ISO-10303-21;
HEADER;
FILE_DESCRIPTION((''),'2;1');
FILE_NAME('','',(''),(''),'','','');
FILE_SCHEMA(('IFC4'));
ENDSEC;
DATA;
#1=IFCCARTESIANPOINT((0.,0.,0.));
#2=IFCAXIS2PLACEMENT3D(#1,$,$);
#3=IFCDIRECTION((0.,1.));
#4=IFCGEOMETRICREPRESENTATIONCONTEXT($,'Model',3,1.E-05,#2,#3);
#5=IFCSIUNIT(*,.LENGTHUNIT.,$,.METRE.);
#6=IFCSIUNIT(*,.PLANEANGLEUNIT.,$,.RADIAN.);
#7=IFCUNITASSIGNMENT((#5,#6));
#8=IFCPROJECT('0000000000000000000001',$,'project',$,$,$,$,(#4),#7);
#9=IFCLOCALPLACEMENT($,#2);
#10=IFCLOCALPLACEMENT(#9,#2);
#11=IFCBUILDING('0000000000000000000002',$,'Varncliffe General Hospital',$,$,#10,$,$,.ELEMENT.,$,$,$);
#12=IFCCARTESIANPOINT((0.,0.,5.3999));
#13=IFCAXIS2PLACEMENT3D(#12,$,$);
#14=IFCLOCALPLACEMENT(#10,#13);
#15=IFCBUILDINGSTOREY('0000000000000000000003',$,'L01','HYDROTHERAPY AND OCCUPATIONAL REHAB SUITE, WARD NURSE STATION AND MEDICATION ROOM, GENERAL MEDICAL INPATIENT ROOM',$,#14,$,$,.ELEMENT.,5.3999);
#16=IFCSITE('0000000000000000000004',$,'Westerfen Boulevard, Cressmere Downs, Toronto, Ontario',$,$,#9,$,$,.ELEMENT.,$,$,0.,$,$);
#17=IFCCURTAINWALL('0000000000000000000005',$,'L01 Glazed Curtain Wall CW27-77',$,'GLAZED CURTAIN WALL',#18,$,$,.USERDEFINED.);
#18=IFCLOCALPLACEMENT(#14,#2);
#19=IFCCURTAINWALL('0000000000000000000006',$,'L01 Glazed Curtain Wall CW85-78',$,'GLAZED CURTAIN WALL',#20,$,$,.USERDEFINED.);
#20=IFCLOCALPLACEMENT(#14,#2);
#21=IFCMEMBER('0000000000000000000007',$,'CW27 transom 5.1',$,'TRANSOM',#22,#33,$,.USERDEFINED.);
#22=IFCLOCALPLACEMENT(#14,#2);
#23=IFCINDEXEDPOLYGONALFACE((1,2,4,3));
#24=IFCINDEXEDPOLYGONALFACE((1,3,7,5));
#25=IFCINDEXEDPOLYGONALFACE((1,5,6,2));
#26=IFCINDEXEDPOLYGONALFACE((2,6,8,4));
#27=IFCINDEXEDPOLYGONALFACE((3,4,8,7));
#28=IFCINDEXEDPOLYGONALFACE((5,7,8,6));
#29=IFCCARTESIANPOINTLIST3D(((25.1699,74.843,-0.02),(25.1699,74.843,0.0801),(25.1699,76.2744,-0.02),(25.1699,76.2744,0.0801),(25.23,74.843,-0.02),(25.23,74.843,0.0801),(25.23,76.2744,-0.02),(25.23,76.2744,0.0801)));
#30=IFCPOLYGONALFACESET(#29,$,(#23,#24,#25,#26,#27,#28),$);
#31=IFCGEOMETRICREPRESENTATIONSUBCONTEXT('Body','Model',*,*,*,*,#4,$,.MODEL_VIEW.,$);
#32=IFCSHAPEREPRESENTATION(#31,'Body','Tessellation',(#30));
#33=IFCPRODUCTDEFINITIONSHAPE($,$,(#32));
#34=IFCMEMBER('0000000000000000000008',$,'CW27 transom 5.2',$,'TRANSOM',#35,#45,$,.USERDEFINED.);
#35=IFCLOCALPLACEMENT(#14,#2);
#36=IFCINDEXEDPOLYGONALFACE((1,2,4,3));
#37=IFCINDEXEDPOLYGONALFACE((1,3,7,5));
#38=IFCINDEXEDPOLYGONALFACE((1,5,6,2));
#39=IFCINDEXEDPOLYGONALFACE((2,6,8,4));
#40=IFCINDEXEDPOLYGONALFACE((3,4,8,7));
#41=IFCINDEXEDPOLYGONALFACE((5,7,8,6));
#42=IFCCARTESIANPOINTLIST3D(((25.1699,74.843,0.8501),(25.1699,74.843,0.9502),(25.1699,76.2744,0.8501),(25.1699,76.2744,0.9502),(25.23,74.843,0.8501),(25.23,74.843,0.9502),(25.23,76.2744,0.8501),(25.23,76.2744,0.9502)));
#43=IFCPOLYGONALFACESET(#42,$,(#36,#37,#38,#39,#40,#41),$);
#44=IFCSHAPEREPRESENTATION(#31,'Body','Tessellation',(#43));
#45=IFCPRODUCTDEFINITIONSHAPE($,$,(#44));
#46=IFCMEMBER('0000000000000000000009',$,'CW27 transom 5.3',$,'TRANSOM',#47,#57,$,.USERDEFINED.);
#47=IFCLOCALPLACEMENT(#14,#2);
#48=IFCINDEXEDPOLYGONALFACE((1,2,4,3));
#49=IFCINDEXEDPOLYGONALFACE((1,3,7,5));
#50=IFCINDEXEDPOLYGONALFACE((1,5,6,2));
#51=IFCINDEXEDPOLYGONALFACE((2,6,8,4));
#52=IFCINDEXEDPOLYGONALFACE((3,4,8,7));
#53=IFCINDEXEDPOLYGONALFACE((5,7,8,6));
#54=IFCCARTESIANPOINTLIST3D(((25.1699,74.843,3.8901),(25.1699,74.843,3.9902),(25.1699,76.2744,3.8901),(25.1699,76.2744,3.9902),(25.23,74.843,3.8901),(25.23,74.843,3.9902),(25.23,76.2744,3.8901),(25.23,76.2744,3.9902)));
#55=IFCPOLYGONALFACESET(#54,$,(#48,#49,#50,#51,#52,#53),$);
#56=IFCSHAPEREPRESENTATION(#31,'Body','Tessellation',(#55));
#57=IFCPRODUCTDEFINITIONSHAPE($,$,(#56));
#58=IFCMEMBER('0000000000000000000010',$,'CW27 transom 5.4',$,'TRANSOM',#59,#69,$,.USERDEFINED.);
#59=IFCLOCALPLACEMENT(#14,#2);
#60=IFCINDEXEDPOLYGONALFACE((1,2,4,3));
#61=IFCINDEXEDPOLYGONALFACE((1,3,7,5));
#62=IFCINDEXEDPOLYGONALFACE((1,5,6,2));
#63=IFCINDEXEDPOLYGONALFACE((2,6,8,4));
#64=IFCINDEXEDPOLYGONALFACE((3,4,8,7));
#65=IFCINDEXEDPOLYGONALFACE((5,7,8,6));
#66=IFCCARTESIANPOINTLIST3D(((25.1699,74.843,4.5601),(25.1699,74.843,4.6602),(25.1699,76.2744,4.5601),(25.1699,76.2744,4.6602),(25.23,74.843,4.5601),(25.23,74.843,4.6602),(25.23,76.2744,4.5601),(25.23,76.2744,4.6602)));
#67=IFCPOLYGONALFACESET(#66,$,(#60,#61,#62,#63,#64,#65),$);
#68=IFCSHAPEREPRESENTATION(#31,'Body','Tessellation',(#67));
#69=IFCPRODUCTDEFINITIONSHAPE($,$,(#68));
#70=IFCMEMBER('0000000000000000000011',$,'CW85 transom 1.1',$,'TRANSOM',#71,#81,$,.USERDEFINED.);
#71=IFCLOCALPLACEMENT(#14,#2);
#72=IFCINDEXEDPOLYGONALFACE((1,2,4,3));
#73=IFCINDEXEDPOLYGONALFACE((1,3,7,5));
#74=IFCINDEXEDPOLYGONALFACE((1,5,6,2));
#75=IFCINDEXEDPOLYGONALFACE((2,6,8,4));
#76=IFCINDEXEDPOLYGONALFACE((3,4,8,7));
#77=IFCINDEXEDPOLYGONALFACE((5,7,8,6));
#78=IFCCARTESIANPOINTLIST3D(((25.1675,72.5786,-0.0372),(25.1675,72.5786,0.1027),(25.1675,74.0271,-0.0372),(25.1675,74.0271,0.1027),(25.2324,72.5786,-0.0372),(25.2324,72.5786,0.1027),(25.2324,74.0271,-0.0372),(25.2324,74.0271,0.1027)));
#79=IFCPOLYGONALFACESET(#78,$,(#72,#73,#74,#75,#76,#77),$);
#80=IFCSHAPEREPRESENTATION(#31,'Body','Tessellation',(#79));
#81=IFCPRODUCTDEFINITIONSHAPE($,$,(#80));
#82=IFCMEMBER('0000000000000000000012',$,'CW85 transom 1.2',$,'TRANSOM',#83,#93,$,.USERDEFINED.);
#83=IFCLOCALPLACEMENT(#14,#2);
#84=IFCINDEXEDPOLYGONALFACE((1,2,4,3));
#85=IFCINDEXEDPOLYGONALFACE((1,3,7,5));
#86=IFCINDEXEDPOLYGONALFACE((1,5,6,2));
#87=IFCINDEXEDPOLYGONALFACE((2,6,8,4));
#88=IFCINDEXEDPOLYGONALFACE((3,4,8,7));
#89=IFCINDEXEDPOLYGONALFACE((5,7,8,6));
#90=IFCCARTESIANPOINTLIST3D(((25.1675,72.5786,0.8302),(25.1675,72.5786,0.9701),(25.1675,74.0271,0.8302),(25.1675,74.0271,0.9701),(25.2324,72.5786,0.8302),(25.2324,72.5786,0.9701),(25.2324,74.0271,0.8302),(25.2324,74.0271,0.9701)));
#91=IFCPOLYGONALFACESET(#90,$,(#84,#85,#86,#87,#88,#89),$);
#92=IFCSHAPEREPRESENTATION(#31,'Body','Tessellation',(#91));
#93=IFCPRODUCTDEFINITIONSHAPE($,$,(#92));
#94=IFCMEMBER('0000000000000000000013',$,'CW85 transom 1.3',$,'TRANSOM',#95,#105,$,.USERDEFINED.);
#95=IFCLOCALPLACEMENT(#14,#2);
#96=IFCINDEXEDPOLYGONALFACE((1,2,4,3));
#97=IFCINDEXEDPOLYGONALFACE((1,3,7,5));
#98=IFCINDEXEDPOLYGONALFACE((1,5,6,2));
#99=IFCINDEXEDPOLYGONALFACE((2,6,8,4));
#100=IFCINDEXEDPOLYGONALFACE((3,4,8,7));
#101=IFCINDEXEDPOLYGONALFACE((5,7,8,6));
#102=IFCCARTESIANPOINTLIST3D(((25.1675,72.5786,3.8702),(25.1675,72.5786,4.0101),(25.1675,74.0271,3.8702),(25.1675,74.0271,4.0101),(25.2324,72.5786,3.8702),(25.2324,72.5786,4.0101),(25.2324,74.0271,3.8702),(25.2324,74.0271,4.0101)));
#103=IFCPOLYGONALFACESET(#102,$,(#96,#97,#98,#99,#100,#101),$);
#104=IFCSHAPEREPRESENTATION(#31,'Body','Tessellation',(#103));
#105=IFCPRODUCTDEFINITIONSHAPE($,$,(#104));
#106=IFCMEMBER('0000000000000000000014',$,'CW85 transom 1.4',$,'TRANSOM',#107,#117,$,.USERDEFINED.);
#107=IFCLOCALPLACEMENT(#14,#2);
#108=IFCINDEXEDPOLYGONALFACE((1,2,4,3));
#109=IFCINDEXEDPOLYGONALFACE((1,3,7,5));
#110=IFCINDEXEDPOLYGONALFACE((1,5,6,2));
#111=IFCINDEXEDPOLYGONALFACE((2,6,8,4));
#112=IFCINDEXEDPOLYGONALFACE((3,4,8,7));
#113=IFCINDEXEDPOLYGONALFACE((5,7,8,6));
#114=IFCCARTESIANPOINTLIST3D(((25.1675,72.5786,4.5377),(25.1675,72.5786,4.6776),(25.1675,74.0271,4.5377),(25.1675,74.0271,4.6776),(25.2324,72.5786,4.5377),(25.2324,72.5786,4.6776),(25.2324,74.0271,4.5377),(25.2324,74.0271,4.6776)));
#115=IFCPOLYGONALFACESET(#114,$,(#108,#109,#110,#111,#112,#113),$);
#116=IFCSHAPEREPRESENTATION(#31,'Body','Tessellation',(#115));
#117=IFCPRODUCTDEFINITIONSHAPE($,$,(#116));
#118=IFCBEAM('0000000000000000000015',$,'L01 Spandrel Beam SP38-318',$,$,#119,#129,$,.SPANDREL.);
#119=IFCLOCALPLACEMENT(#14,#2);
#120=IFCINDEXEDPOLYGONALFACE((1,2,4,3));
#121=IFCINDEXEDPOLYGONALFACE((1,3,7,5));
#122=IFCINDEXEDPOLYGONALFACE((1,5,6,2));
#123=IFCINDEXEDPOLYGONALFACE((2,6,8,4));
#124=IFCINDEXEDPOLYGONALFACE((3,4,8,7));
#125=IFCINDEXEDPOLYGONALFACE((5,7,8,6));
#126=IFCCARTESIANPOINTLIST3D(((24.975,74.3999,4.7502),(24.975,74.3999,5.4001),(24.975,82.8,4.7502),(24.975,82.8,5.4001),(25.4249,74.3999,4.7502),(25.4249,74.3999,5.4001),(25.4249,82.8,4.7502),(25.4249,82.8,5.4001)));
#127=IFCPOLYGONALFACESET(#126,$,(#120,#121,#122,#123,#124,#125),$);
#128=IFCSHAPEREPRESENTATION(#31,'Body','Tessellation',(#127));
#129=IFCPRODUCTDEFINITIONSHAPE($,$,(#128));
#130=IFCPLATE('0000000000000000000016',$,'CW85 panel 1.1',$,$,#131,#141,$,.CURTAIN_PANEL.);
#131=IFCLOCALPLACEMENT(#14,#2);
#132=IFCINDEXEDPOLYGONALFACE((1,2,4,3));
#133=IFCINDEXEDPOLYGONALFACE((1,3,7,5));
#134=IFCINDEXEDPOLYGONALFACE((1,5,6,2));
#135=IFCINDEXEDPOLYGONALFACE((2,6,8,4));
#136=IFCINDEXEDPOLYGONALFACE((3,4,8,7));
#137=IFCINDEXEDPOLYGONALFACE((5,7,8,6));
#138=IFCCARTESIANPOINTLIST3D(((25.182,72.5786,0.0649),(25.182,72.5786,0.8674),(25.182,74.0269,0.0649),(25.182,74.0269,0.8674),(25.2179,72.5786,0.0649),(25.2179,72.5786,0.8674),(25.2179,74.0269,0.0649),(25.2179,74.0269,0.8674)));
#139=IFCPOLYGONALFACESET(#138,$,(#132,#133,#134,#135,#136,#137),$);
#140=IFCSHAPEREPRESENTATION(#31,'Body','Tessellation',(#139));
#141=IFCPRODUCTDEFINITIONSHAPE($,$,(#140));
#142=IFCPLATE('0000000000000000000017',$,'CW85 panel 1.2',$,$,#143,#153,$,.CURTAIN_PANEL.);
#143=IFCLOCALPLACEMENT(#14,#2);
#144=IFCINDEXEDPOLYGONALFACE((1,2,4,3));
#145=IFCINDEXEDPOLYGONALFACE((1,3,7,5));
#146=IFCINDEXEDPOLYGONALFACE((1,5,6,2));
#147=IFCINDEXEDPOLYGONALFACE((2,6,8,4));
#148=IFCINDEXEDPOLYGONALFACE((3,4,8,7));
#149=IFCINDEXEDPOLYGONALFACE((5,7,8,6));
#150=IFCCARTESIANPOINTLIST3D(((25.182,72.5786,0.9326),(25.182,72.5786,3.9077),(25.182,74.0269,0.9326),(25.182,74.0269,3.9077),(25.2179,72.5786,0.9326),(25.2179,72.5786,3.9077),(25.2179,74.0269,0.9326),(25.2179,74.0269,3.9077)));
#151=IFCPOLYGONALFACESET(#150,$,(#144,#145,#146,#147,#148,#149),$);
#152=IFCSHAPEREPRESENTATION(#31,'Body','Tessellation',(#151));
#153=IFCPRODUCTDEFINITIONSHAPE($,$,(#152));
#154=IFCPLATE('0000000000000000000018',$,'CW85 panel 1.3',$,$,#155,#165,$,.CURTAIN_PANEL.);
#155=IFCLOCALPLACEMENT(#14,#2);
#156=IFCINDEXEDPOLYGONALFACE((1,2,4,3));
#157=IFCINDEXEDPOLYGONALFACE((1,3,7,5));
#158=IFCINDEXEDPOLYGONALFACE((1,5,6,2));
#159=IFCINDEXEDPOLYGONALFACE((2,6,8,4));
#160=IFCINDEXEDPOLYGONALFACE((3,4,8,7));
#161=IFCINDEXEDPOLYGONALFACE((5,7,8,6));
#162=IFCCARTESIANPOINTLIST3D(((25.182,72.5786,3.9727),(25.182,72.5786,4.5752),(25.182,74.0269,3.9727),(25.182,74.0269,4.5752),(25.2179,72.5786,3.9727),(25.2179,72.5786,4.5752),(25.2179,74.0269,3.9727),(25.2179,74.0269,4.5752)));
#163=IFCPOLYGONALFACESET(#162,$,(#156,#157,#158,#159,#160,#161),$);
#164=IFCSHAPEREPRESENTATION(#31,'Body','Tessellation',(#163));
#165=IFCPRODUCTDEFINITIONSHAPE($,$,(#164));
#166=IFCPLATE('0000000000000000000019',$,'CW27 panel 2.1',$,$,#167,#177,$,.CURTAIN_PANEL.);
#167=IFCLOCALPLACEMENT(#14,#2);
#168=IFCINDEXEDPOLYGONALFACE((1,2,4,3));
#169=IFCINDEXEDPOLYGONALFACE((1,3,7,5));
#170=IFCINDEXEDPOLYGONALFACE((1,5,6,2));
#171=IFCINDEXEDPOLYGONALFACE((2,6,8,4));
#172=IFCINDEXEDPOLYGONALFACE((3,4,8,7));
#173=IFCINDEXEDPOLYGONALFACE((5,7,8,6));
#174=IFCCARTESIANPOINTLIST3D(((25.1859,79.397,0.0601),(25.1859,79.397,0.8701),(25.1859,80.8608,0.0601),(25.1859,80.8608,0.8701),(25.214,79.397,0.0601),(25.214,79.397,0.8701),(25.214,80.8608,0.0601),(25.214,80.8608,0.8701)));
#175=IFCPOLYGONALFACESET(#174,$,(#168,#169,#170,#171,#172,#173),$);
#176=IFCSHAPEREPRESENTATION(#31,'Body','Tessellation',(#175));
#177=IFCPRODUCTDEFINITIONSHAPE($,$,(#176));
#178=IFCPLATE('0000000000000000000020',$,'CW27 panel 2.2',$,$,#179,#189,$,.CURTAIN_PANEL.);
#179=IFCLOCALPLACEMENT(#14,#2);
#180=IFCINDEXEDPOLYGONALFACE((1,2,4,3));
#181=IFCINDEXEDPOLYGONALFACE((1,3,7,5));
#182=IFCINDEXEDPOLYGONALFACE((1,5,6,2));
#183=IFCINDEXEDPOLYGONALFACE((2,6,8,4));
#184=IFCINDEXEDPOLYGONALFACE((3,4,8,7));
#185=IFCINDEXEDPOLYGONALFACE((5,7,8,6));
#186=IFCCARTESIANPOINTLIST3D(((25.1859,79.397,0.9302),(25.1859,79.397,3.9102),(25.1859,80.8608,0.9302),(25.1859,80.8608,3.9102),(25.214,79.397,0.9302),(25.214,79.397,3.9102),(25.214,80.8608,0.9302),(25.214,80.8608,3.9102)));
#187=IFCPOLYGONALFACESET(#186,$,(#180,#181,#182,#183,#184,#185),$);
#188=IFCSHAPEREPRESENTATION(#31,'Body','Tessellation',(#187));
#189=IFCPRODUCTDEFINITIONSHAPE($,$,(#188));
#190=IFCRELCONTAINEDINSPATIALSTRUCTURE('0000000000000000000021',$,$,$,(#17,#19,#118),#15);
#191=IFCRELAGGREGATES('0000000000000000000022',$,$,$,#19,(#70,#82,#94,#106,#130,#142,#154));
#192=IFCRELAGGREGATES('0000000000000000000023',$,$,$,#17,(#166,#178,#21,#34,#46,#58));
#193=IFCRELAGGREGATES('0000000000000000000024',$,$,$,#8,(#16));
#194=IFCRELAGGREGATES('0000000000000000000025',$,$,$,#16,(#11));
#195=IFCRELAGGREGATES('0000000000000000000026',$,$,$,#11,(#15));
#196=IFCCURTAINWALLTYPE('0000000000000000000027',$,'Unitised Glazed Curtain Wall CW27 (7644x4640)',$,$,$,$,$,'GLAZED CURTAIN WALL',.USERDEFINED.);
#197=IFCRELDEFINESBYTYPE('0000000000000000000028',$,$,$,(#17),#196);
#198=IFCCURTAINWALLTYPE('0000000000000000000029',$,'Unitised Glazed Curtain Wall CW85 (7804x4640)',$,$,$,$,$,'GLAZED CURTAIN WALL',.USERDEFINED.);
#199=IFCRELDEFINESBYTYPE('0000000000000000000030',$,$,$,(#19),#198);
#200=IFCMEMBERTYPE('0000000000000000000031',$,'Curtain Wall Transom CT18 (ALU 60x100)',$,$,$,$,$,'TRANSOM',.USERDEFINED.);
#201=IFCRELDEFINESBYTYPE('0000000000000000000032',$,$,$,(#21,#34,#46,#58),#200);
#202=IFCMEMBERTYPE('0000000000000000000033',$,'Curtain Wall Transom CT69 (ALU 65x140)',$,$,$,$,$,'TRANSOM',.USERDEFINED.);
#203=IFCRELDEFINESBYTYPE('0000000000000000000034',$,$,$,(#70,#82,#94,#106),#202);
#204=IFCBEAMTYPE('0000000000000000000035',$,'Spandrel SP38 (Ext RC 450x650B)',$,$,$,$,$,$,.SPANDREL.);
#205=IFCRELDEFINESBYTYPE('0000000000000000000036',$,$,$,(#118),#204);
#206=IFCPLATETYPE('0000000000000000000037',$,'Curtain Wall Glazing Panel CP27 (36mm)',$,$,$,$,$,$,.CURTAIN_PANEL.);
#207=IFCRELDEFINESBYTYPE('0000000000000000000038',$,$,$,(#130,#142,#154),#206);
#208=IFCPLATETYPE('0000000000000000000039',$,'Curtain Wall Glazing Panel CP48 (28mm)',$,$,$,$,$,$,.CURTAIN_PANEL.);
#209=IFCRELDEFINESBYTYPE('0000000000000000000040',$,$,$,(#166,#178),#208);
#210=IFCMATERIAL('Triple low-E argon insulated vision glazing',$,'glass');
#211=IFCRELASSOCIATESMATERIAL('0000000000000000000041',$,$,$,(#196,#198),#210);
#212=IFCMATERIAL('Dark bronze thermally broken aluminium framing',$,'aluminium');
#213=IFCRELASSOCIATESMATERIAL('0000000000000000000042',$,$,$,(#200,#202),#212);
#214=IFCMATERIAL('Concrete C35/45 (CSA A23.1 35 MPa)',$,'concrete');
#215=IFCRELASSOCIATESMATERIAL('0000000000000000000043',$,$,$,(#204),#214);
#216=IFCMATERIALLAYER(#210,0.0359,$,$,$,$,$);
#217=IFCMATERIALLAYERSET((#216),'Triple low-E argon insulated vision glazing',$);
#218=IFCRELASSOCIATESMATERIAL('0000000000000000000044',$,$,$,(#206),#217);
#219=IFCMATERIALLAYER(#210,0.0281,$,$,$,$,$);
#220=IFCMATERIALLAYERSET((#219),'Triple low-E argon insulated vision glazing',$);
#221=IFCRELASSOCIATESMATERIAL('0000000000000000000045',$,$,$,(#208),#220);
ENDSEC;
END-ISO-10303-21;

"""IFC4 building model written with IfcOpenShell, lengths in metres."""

from ifc_helpers import new_model, si_unit, direction, frame, origin, origin_2d, place, context, subcontext, project, spatial, rectangle, extrude, material, layer, layer_set, material_profile, profile_set, type_object, element, aggregate, save


model = new_model("IFC4")

# Units and contexts
model_context = context("Model", 3, precision=1e-05, world=origin(), true_north=direction((0.0, 1.0)))
body_context = subcontext(model_context, "Body", "Model", "MODEL_VIEW")
ifc_project = project(units=[si_unit("LENGTHUNIT", "METRE"), si_unit("PLANEANGLEUNIT", "RADIAN")], contexts=[model_context])

# Site, building, storey
site_placement = place(None, origin())
site = spatial("IfcSite", under=ifc_project, at=site_placement, Name="Westerfen Boulevard, Cressmere Downs, Toronto, Ontario", CompositionType="ELEMENT", RefElevation=0.0)
building_placement = place(site_placement, origin())
building = spatial("IfcBuilding", under=site, at=building_placement, Name="Varncliffe General Hospital", CompositionType="ELEMENT")
storey_placement = place(building_placement, frame((0.0, 0.0, 5.3999)))
storey = spatial("IfcBuildingStorey", under=building, at=storey_placement, Name="L01", Description="HYDROTHERAPY AND OCCUPATIONAL REHAB SUITE, WARD NURSE STATION AND MEDICATION ROOM, GENERAL MEDICAL INPATIENT ROOM", CompositionType="ELEMENT", Elevation=5.3999)

# Curtain wall
ifc_material_1 = material(Name="Triple low-E argon insulated vision glazing", Category="glass")
curtain_wall_type_1 = type_object("IfcCurtainWallType", Name="Unitised Glazed Curtain Wall CW27 (7644x4640)", ElementType="GLAZED CURTAIN WALL", PredefinedType="USERDEFINED", material=ifc_material_1)
curtain_wall_1_placement = place(storey_placement, origin())
curtain_wall_1 = element("IfcCurtainWall", 1, at=curtain_wall_1_placement, inside=storey, type_object=curtain_wall_type_1, Name="L01 Glazed Curtain Wall CW27-77", ObjectType="GLAZED CURTAIN WALL", PredefinedType="USERDEFINED")
ifc_material_2 = material(Name="Dark bronze thermally broken aluminium framing", Category="aluminium")

# Curtain wall
curtain_wall_type_2 = type_object("IfcCurtainWallType", Name="Unitised Glazed Curtain Wall CW85 (7804x4640)", ElementType="GLAZED CURTAIN WALL", PredefinedType="USERDEFINED", material=ifc_material_1)
curtain_wall_2_placement = place(storey_placement, origin())
curtain_wall_2 = element("IfcCurtainWall", 2, at=curtain_wall_2_placement, inside=storey, type_object=curtain_wall_type_2, Name="L01 Glazed Curtain Wall CW85-78", ObjectType="GLAZED CURTAIN WALL", PredefinedType="USERDEFINED")

# Members
ifc_material_profile_1 = material_profile(ifc_material_2, rectangle(XDim=0.0601, YDim=0.1001, at=origin_2d()), Name="ALU 60x100")
ifc_profile_set_1 = profile_set([ifc_material_profile_1], Name="Dark bronze thermally broken aluminium framing")
member_type_1 = type_object("IfcMemberType", Name="Curtain Wall Transom CT18 (ALU 60x100)", ElementType="TRANSOM", PredefinedType="USERDEFINED", material=ifc_profile_set_1)
member_1_placement = place(storey_placement, frame((25.2, 76.2744, 0.03), z_axis=(0.0, -1.0, 0.0), x_axis=(1.0, 0.0, 0.0)))
member_1 = element("IfcMember", 3, at=member_1_placement, type_object=member_type_1, Name="CW27 transom 5.1", ObjectType="TRANSOM", PredefinedType="USERDEFINED", context=body_context, shape_type="SweptSolid", body=[
    extrude(rectangle(XDim=0.0601, YDim=0.1001, at=origin_2d()), origin(), (0.0, 0.0, 1.0), 1.4314),
])
member_2_placement = place(storey_placement, frame((25.2, 76.2744, 0.9001), z_axis=(0.0, -1.0, 0.0), x_axis=(1.0, 0.0, 0.0)))
member_2 = element("IfcMember", 4, at=member_2_placement, type_object=member_type_1, Name="CW27 transom 5.2", ObjectType="TRANSOM", PredefinedType="USERDEFINED", context=body_context, shape_type="SweptSolid", body=[
    extrude(rectangle(XDim=0.0601, YDim=0.1001, at=origin_2d()), origin(), (0.0, 0.0, 1.0), 1.4314),
])
member_3_placement = place(storey_placement, frame((25.2, 76.2744, 3.9402), z_axis=(0.0, -1.0, 0.0), x_axis=(1.0, 0.0, 0.0)))
member_3 = element("IfcMember", 5, at=member_3_placement, type_object=member_type_1, Name="CW27 transom 5.3", ObjectType="TRANSOM", PredefinedType="USERDEFINED", context=body_context, shape_type="SweptSolid", body=[
    extrude(rectangle(XDim=0.0601, YDim=0.1001, at=origin_2d()), origin(), (0.0, 0.0, 1.0), 1.4314),
])
member_4_placement = place(storey_placement, frame((25.2, 76.2744, 4.6101), z_axis=(0.0, -1.0, 0.0), x_axis=(1.0, 0.0, 0.0)))
member_4 = element("IfcMember", 6, at=member_4_placement, type_object=member_type_1, Name="CW27 transom 5.4", ObjectType="TRANSOM", PredefinedType="USERDEFINED", context=body_context, shape_type="SweptSolid", body=[
    extrude(rectangle(XDim=0.0601, YDim=0.1001, at=origin_2d()), origin(), (0.0, 0.0, 1.0), 1.4314),
])
ifc_material_profile_2 = material_profile(ifc_material_2, rectangle(XDim=0.0649, YDim=0.1399, at=origin_2d()), Name="ALU 65x140")
ifc_profile_set_2 = profile_set([ifc_material_profile_2], Name="Dark bronze thermally broken aluminium framing")
member_type_2 = type_object("IfcMemberType", Name="Curtain Wall Transom CT69 (ALU 65x140)", ElementType="TRANSOM", PredefinedType="USERDEFINED", material=ifc_profile_set_2)
member_5_placement = place(storey_placement, frame((25.2, 74.0271, 0.0327), z_axis=(0.0, -1.0, 0.0), x_axis=(1.0, 0.0, 0.0)))
member_5 = element("IfcMember", 7, at=member_5_placement, type_object=member_type_2, Name="CW85 transom 1.1", ObjectType="TRANSOM", PredefinedType="USERDEFINED", context=body_context, shape_type="SweptSolid", body=[
    extrude(rectangle(XDim=0.0649, YDim=0.1399, at=origin_2d()), origin(), (0.0, 0.0, 1.0), 1.4485),
])
member_6_placement = place(storey_placement, frame((25.2, 74.0271, 0.9001), z_axis=(0.0, -1.0, 0.0), x_axis=(1.0, 0.0, 0.0)))
member_6 = element("IfcMember", 8, at=member_6_placement, type_object=member_type_2, Name="CW85 transom 1.2", ObjectType="TRANSOM", PredefinedType="USERDEFINED", context=body_context, shape_type="SweptSolid", body=[
    extrude(rectangle(XDim=0.0649, YDim=0.1399, at=origin_2d()), origin(), (0.0, 0.0, 1.0), 1.4485),
])
member_7_placement = place(storey_placement, frame((25.2, 74.0271, 3.9402), z_axis=(0.0, -1.0, 0.0), x_axis=(1.0, 0.0, 0.0)))
member_7 = element("IfcMember", 9, at=member_7_placement, type_object=member_type_2, Name="CW85 transom 1.3", ObjectType="TRANSOM", PredefinedType="USERDEFINED", context=body_context, shape_type="SweptSolid", body=[
    extrude(rectangle(XDim=0.0649, YDim=0.1399, at=origin_2d()), origin(), (0.0, 0.0, 1.0), 1.4485),
])
member_8_placement = place(storey_placement, frame((25.2, 74.0271, 4.6077), z_axis=(0.0, -1.0, 0.0), x_axis=(1.0, 0.0, 0.0)))
member_8 = element("IfcMember", 10, at=member_8_placement, type_object=member_type_2, Name="CW85 transom 1.4", ObjectType="TRANSOM", PredefinedType="USERDEFINED", context=body_context, shape_type="SweptSolid", body=[
    extrude(rectangle(XDim=0.0649, YDim=0.1399, at=origin_2d()), origin(), (0.0, 0.0, 1.0), 1.4485),
])

# Beam
ifc_material_3 = material(Name="Concrete C35/45 (CSA A23.1 35 MPa)", Category="concrete")
ifc_material_profile_3 = material_profile(ifc_material_3, rectangle(XDim=0.45, YDim=0.6499, at=origin_2d()), Name="RC 450x650")
ifc_profile_set_3 = profile_set([ifc_material_profile_3], Name="Concrete C35/45 (CSA A23.1 35 MPa)")
beam_type = type_object("IfcBeamType", Name="Spandrel SP38 (Ext RC 450x650B)", PredefinedType="SPANDREL", material=ifc_profile_set_3)
beam_placement = place(storey_placement, frame((25.2, 74.3999, 5.0752), z_axis=(0.0, 1.0, 0.0), x_axis=(-1.0, 0.0, 0.0)))
element("IfcBeam", 11, at=beam_placement, inside=storey, type_object=beam_type, Name="L01 Spandrel Beam SP38-318", PredefinedType="SPANDREL", context=body_context, shape_type="SweptSolid", body=[
    extrude(rectangle(XDim=0.45, YDim=0.6499, at=origin_2d()), origin(), (0.0, 0.0, 1.0), 8.4001),
])

# Plates
ifc_layer_1 = layer(ifc_material_1, 0.0359)
ifc_layer_set_1 = layer_set([ifc_layer_1], Name="Triple low-E argon insulated vision glazing")
plate_type_1 = type_object("IfcPlateType", Name="Curtain Wall Glazing Panel CP27 (36mm)", PredefinedType="CURTAIN_PANEL", material=ifc_layer_set_1)
plate_1_placement = place(storey_placement, frame((25.2, 73.3027, 0.0649), z_axis=(0.0, 0.0, 1.0), x_axis=(0.0, -1.0, 0.0)))
plate_1 = element("IfcPlate", 12, at=plate_1_placement, type_object=plate_type_1, Name="CW85 panel 1.1", PredefinedType="CURTAIN_PANEL", context=body_context, shape_type="SweptSolid", body=[
    extrude(rectangle(XDim=1.4482, YDim=0.0359, at=origin_2d()), origin(), (0.0, 0.0, 1.0), 0.8025),
])
plate_2_placement = place(storey_placement, frame((25.2, 73.3027, 0.9326), z_axis=(0.0, 0.0, 1.0), x_axis=(0.0, -1.0, 0.0)))
plate_2 = element("IfcPlate", 13, at=plate_2_placement, type_object=plate_type_1, Name="CW85 panel 1.2", PredefinedType="CURTAIN_PANEL", context=body_context, shape_type="SweptSolid", body=[
    extrude(rectangle(XDim=1.4482, YDim=0.0359, at=origin_2d()), origin(), (0.0, 0.0, 1.0), 2.9751),
])
plate_3_placement = place(storey_placement, frame((25.2, 73.3027, 3.9727), z_axis=(0.0, 0.0, 1.0), x_axis=(0.0, -1.0, 0.0)))
plate_3 = element("IfcPlate", 14, at=plate_3_placement, type_object=plate_type_1, Name="CW85 panel 1.3", PredefinedType="CURTAIN_PANEL", context=body_context, shape_type="SweptSolid", body=[
    extrude(rectangle(XDim=1.4482, YDim=0.0359, at=origin_2d()), origin(), (0.0, 0.0, 1.0), 0.6025),
])
aggregate(curtain_wall_2, [member_5, member_6, member_7, member_8, plate_1, plate_2, plate_3])
ifc_layer_2 = layer(ifc_material_1, 0.0281)
ifc_layer_set_2 = layer_set([ifc_layer_2], Name="Triple low-E argon insulated vision glazing")
plate_type_2 = type_object("IfcPlateType", Name="Curtain Wall Glazing Panel CP48 (28mm)", PredefinedType="CURTAIN_PANEL", material=ifc_layer_set_2)
plate_4_placement = place(storey_placement, frame((25.2, 80.1289, 0.0601), z_axis=(0.0, 0.0, 1.0), x_axis=(0.0, -1.0, 0.0)))
plate_4 = element("IfcPlate", 15, at=plate_4_placement, type_object=plate_type_2, Name="CW27 panel 2.1", PredefinedType="CURTAIN_PANEL", context=body_context, shape_type="SweptSolid", body=[
    extrude(rectangle(XDim=1.4639, YDim=0.0281, at=origin_2d()), origin(), (0.0, 0.0, 1.0), 0.8101),
])
plate_5_placement = place(storey_placement, frame((25.2, 80.1289, 0.9302), z_axis=(0.0, 0.0, 1.0), x_axis=(0.0, -1.0, 0.0)))
plate_5 = element("IfcPlate", 16, at=plate_5_placement, type_object=plate_type_2, Name="CW27 panel 2.2", PredefinedType="CURTAIN_PANEL", context=body_context, shape_type="SweptSolid", body=[
    extrude(rectangle(XDim=1.4639, YDim=0.0281, at=origin_2d()), origin(), (0.0, 0.0, 1.0), 2.98),
])
aggregate(curtain_wall_1, [plate_4, plate_5, member_1, member_2, member_3, member_4])

save(model, "model.ifc")
